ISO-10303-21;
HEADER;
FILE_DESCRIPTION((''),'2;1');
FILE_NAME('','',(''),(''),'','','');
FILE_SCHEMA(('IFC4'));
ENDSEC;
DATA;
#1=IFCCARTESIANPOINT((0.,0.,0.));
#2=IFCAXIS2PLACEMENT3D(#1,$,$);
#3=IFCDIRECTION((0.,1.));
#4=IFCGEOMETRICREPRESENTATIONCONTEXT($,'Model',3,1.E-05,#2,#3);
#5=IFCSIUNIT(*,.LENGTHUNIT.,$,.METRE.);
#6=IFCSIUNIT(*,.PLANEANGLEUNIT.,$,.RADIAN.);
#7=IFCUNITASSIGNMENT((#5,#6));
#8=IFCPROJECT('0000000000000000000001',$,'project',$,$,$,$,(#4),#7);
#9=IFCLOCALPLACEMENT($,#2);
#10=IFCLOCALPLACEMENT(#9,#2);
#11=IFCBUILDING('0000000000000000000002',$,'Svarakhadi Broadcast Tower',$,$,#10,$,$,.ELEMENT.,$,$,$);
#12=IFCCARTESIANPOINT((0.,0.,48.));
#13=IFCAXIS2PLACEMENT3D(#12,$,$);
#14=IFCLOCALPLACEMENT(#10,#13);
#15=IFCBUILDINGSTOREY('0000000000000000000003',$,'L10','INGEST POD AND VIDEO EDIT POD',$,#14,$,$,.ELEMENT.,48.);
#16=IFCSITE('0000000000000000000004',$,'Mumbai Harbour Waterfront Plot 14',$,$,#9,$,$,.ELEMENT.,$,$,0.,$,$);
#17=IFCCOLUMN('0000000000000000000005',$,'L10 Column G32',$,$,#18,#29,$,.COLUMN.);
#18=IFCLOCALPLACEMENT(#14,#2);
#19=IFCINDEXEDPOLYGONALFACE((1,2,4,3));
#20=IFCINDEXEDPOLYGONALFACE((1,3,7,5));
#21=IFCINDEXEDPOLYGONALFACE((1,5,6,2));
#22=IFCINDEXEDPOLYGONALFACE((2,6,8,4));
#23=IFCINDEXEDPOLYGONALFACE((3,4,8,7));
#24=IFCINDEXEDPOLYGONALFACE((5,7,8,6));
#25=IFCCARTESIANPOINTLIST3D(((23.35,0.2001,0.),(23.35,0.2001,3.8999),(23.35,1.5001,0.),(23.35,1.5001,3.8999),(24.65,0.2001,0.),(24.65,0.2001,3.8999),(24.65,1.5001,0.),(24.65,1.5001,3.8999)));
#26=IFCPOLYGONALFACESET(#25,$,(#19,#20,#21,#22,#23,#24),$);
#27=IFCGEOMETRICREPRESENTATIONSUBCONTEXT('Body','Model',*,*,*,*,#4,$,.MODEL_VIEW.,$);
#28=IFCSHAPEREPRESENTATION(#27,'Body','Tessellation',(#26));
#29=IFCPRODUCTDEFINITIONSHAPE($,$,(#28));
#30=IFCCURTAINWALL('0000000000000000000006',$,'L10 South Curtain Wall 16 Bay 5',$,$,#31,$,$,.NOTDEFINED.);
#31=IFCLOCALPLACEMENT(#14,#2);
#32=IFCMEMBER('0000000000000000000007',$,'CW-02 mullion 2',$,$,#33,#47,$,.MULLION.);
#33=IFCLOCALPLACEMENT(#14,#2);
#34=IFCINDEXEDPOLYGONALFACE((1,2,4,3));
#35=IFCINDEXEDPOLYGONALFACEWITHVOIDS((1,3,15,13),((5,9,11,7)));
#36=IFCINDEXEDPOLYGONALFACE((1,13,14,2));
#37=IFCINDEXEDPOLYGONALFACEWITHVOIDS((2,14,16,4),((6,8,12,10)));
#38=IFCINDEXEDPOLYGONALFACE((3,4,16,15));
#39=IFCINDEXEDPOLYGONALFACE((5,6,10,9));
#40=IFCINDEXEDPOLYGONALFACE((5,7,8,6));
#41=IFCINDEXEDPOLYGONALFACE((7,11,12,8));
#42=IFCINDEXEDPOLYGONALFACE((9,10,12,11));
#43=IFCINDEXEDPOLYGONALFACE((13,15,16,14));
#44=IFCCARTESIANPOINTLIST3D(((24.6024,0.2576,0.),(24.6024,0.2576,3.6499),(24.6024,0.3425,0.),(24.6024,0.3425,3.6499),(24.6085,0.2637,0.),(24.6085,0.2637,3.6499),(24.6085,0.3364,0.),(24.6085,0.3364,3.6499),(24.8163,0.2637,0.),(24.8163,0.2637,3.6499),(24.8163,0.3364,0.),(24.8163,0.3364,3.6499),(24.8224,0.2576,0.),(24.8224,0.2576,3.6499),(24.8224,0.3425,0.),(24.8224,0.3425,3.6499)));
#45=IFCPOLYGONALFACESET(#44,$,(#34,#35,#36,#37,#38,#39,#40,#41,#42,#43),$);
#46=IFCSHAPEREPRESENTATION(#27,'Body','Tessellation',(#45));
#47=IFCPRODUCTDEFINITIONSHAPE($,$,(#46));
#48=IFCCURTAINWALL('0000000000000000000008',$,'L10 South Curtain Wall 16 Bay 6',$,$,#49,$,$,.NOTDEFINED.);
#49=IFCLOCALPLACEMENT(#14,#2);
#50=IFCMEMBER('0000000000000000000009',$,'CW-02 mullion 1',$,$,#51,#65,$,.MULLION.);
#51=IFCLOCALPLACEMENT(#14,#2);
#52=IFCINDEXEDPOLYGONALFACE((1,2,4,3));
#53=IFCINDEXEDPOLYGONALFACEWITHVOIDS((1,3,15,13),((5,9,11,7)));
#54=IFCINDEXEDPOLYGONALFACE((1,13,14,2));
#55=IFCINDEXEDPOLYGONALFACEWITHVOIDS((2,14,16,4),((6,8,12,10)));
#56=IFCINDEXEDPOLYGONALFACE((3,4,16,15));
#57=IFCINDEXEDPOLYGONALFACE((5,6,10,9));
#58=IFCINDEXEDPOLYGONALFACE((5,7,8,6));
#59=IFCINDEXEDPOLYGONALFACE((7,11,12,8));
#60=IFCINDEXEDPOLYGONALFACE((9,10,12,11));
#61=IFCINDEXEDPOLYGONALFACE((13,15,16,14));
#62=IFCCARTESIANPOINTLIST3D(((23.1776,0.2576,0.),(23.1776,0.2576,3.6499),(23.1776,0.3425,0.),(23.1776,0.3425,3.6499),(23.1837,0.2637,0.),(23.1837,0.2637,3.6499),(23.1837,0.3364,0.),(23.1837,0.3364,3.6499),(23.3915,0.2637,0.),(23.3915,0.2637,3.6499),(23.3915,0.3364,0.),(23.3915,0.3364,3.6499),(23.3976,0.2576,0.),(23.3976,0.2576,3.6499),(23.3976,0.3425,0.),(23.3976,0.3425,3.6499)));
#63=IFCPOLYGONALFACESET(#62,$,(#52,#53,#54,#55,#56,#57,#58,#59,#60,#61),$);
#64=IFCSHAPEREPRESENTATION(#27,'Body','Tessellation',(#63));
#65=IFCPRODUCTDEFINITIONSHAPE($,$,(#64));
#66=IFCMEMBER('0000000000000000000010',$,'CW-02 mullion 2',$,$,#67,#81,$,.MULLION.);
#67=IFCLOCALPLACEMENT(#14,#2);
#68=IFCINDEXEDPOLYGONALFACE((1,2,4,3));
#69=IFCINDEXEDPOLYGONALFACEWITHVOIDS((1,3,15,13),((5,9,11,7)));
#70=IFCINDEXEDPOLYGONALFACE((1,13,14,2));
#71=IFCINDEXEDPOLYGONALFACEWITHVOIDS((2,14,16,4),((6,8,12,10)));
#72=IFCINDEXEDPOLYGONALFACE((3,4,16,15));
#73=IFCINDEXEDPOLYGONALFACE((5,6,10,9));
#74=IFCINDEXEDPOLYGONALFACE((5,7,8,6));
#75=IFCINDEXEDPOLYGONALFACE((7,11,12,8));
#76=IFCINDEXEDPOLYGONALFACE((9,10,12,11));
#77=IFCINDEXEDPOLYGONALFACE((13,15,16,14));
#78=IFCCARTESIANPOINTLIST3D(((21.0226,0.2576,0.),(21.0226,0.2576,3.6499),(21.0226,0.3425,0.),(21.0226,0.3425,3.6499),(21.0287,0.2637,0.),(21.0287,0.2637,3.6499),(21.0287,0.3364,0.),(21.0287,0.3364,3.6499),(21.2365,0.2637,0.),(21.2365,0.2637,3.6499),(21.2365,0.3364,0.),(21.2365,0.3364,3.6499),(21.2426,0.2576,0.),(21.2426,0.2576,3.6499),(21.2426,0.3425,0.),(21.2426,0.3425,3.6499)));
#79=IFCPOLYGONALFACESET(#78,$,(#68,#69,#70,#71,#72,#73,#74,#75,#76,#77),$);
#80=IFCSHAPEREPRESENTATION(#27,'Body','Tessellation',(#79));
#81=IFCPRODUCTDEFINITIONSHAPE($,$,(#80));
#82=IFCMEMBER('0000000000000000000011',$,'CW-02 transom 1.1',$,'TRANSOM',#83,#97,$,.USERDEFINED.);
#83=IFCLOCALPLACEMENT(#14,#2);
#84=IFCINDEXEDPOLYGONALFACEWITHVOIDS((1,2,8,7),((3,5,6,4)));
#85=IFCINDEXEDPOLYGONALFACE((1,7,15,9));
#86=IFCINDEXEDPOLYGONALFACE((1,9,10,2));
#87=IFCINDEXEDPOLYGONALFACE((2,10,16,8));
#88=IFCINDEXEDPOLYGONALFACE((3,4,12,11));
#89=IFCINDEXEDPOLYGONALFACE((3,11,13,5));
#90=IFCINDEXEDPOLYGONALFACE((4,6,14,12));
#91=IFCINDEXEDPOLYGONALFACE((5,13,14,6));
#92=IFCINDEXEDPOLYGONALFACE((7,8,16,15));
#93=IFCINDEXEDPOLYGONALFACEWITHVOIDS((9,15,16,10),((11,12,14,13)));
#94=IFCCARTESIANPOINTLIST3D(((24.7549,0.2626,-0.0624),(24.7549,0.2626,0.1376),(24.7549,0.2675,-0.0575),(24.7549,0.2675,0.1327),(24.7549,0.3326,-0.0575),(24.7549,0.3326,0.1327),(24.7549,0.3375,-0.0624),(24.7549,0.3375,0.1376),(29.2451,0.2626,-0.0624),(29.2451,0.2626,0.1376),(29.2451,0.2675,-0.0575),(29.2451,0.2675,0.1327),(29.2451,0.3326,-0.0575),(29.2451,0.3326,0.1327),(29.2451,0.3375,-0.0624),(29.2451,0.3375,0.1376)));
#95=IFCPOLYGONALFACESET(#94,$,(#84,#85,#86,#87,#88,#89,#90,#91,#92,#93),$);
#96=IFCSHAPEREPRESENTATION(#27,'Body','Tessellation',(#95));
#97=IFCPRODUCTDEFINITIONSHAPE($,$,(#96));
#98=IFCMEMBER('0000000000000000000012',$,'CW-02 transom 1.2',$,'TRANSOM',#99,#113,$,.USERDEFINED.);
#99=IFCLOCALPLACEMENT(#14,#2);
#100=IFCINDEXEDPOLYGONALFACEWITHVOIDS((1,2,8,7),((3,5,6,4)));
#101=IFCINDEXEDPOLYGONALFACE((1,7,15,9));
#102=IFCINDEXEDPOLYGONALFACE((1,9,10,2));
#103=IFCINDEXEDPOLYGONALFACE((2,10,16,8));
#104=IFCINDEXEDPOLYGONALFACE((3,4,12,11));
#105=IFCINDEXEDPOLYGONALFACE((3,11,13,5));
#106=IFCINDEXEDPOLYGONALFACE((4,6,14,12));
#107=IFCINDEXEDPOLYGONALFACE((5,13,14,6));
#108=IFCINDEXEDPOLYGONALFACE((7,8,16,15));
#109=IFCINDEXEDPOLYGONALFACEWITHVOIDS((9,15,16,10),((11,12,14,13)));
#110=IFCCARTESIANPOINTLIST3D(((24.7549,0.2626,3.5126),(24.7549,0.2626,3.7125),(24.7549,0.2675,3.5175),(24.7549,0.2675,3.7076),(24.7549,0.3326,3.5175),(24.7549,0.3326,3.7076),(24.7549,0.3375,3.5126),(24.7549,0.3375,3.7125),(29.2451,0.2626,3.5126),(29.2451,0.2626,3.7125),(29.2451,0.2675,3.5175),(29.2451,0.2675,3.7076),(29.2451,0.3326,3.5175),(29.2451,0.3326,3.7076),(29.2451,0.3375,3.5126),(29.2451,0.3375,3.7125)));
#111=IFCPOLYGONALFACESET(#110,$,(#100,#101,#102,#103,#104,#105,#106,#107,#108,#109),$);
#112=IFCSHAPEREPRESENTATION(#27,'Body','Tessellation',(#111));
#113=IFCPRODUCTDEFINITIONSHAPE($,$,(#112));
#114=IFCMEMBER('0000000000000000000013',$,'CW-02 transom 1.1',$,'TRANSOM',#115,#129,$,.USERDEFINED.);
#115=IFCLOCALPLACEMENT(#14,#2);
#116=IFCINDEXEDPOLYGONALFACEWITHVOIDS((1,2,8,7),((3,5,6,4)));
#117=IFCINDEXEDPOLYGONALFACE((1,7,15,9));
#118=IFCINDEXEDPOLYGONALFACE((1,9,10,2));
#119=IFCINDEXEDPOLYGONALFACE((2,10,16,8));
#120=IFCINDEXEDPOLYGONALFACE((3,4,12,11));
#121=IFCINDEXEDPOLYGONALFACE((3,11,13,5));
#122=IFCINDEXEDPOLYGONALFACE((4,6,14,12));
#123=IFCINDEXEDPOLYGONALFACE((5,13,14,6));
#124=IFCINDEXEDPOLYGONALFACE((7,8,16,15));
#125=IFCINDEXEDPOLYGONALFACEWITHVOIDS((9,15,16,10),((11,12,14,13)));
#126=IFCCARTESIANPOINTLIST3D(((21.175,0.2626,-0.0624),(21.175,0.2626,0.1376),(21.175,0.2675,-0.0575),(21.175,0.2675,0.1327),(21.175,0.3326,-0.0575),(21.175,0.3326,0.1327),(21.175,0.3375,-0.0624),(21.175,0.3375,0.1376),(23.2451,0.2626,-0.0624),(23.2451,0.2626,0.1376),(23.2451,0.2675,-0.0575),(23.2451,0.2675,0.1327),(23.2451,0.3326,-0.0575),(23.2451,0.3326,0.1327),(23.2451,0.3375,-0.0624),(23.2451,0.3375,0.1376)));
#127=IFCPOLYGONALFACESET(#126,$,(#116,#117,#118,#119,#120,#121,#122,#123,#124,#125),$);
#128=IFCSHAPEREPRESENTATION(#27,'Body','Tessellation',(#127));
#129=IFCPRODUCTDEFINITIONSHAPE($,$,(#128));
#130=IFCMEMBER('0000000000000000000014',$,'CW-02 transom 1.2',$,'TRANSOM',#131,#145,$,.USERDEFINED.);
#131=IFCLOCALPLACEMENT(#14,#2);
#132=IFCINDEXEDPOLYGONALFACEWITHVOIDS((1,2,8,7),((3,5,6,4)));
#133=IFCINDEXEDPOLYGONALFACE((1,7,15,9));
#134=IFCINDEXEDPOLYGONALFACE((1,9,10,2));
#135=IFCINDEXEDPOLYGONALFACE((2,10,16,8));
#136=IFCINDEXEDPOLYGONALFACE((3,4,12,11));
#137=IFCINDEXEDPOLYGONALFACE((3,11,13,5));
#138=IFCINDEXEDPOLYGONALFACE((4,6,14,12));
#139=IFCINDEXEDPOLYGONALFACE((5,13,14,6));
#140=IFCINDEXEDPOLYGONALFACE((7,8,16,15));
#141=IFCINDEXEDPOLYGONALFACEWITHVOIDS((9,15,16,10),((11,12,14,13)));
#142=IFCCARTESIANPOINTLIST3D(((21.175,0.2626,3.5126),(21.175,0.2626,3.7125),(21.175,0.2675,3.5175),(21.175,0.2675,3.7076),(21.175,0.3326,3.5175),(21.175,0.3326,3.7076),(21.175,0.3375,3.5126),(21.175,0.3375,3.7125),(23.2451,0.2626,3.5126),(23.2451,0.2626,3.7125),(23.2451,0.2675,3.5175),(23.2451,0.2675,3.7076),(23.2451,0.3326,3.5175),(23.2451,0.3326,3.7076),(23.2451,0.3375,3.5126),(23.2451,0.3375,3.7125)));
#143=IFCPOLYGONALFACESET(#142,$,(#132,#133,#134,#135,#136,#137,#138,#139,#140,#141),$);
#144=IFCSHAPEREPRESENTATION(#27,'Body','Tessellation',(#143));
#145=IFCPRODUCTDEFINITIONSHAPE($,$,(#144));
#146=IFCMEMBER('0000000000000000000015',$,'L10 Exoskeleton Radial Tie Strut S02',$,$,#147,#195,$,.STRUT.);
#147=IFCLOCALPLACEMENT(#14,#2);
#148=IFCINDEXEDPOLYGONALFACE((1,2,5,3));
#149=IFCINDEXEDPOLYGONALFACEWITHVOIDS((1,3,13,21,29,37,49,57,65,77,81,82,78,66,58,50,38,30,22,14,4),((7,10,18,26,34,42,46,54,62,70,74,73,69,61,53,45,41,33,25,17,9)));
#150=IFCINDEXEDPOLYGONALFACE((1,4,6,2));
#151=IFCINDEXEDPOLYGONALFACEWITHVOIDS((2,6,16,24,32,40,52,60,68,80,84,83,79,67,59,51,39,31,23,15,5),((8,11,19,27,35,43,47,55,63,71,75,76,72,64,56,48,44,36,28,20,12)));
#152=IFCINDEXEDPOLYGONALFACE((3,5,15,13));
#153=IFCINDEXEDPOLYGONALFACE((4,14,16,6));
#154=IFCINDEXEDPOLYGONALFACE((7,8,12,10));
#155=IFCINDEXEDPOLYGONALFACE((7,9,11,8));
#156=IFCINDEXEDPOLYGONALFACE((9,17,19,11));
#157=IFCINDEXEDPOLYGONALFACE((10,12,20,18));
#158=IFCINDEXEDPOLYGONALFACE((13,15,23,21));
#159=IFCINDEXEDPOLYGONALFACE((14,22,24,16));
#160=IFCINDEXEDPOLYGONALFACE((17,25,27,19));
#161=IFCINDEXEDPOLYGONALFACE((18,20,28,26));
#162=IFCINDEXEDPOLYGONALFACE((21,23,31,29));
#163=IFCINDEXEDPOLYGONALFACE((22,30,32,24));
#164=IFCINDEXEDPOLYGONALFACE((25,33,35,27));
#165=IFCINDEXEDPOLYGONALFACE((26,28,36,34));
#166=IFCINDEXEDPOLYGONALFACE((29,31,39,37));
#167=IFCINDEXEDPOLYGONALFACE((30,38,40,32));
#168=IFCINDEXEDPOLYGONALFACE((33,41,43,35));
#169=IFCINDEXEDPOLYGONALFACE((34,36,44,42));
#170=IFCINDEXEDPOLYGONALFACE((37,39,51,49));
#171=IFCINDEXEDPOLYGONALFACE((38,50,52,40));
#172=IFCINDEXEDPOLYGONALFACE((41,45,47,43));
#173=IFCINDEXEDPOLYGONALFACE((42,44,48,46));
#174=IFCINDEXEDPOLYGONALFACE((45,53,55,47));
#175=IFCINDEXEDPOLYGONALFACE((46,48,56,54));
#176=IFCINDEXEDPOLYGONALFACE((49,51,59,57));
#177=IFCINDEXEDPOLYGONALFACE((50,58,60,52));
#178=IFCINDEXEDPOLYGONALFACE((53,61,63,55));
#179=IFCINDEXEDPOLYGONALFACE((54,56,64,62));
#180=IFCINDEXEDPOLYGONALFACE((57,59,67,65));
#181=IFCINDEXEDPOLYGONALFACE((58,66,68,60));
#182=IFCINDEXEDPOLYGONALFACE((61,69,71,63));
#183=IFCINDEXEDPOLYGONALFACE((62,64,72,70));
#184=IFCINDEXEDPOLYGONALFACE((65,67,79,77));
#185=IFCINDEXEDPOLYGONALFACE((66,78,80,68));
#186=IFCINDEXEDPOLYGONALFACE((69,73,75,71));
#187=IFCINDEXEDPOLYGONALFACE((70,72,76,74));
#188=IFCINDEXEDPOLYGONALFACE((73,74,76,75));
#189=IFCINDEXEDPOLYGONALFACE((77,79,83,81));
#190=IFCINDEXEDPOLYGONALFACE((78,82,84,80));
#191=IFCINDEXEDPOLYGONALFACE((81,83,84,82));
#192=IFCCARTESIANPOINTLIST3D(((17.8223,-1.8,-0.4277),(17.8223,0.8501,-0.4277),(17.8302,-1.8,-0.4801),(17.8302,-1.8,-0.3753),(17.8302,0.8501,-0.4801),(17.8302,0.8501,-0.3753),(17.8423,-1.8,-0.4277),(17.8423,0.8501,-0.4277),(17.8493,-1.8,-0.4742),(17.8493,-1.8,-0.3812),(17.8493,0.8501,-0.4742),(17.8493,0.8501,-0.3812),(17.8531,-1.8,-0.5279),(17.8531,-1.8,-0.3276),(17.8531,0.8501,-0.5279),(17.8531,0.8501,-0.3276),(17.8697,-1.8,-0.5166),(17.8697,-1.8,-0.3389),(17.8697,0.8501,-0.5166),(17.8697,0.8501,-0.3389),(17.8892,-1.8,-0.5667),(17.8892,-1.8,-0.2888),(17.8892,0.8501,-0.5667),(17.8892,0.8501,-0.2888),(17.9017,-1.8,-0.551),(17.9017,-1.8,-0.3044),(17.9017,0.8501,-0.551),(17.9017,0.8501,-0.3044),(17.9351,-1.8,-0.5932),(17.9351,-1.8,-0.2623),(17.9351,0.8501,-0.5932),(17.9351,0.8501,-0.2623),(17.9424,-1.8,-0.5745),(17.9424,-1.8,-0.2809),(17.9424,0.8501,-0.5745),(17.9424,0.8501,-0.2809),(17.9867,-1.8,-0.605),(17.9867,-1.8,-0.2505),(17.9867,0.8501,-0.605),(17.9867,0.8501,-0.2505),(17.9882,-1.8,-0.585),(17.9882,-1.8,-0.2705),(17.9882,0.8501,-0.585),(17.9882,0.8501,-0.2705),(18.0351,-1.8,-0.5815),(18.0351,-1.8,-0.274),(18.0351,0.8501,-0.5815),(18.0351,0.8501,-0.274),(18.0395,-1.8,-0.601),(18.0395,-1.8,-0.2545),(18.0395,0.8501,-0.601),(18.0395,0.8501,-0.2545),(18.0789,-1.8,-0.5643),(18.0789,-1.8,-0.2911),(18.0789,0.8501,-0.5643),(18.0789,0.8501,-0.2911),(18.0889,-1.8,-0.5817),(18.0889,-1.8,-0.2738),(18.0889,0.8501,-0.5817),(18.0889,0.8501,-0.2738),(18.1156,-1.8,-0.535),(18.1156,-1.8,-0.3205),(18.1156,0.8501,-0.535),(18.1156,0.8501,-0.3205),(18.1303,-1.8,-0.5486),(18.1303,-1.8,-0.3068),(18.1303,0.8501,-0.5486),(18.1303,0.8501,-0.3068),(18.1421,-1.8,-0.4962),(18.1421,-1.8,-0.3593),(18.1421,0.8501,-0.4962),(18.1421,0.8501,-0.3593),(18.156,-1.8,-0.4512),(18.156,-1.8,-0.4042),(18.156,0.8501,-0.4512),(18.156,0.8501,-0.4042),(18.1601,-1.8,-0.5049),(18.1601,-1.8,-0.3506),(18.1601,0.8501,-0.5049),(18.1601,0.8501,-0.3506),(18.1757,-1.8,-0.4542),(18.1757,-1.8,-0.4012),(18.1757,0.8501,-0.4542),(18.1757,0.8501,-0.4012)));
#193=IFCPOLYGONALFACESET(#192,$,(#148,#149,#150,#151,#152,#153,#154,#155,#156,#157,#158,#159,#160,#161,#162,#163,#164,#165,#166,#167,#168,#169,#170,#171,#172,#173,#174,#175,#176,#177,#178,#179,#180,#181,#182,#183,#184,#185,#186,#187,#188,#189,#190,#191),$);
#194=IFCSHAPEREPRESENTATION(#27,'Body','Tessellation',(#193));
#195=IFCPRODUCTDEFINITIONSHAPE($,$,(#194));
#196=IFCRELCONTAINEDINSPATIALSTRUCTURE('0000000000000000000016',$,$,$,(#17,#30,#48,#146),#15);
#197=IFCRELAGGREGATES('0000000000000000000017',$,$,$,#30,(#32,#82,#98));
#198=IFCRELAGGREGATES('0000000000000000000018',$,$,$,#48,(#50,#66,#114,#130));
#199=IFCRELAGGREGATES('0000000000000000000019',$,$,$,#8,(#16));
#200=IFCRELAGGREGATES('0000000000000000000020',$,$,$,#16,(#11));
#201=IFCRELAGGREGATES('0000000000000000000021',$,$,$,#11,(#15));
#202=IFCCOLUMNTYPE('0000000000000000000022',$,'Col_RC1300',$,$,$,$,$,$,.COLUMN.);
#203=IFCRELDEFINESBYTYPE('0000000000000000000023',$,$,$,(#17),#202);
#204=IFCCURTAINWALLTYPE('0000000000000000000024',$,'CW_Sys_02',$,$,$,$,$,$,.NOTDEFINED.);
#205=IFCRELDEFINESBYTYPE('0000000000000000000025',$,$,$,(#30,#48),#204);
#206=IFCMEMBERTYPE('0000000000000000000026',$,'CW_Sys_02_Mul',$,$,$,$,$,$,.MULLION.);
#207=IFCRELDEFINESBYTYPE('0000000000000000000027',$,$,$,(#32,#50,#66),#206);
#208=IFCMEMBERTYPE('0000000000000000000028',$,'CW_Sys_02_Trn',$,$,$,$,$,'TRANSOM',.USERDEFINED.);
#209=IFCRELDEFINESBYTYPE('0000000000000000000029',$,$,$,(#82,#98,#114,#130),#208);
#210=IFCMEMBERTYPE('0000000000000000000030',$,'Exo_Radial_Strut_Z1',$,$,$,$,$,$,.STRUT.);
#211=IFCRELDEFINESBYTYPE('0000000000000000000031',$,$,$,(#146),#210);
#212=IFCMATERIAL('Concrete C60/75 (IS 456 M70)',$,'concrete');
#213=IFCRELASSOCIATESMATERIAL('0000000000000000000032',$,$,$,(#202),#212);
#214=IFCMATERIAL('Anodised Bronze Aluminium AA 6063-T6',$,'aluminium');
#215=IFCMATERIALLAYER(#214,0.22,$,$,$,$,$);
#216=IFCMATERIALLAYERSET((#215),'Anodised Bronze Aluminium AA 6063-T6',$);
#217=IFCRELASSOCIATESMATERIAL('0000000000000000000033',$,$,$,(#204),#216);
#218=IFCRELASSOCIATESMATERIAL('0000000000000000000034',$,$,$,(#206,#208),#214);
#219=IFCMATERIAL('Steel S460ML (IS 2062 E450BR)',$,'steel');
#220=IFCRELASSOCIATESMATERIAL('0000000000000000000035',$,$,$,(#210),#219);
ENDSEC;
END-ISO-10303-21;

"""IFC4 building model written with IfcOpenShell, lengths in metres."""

from ifc_helpers import new_model, si_unit, direction, frame, origin, origin_2d, place, context, subcontext, project, spatial, rectangle, hollow_rectangle, hollow_circle, extrude, material, layer, layer_set, material_profile, profile_set, type_object, element, aggregate, save


model = new_model("IFC4")

# Units and contexts
model_context = context("Model", 3, precision=1e-05, world=origin(), true_north=direction((0.0, 1.0)))
body_context = subcontext(model_context, "Body", "Model", "MODEL_VIEW")
ifc_project = project(units=[si_unit("LENGTHUNIT", "METRE"), si_unit("PLANEANGLEUNIT", "RADIAN")], contexts=[model_context])

# Site, building, storey
site_placement = place(None, origin())
site = spatial("IfcSite", under=ifc_project, at=site_placement, Name="Mumbai Harbour Waterfront Plot 14", CompositionType="ELEMENT", RefElevation=0.0)
building_placement = place(site_placement, origin())
building = spatial("IfcBuilding", under=site, at=building_placement, Name="Svarakhadi Broadcast Tower", CompositionType="ELEMENT")
storey_placement = place(building_placement, frame((0.0, 0.0, 48.0)))
storey = spatial("IfcBuildingStorey", under=building, at=storey_placement, Name="L10", Description="INGEST POD AND VIDEO EDIT POD", CompositionType="ELEMENT", Elevation=48.0)

# Column
ifc_material_1 = material(Name="Concrete C60/75 (IS 456 M70)", Category="concrete")
ifc_material_profile_1 = material_profile(ifc_material_1, rectangle(XDim=1.3, YDim=1.3, at=origin_2d()), Name="RC 1300x1300")
ifc_profile_set_1 = profile_set([ifc_material_profile_1], Name="Concrete C60/75 (IS 456 M70)")
column_type = type_object("IfcColumnType", Name="Col_RC1300", PredefinedType="COLUMN", material=ifc_profile_set_1)
column_placement = place(storey_placement, frame((24.0, 0.8501, 0.0), z_axis=(0.0, 0.0, 1.0), x_axis=(1.0, 0.0, 0.0)))
element("IfcColumn", 1, at=column_placement, inside=storey, type_object=column_type, Name="L10 Column G32", PredefinedType="COLUMN", context=body_context, shape_type="SweptSolid", body=[
    extrude(rectangle(XDim=1.3, YDim=1.3, at=origin_2d()), origin(), (0.0, 0.0, 1.0), 3.8999),
])

# Curtain wall, member
ifc_material_2 = material(Name="Anodised Bronze Aluminium AA 6063-T6", Category="aluminium")
ifc_layer_1 = layer(ifc_material_2, 0.22)
ifc_layer_set_1 = layer_set([ifc_layer_1], Name="Anodised Bronze Aluminium AA 6063-T6")
curtain_wall_type = type_object("IfcCurtainWallType", Name="CW_Sys_02", PredefinedType="NOTDEFINED", material=ifc_layer_set_1)
curtain_wall_1_placement = place(storey_placement, origin())
curtain_wall_1 = element("IfcCurtainWall", 2, at=curtain_wall_1_placement, inside=storey, type_object=curtain_wall_type, Name="L10 South Curtain Wall 16 Bay 5", PredefinedType="NOTDEFINED")
ifc_material_profile_2 = material_profile(ifc_material_2, hollow_rectangle(XDim=0.085, YDim=0.22, WallThickness=0.0061, at=origin_2d()), Name="ALU MULLION 220x85x6")
ifc_profile_set_2 = profile_set([ifc_material_profile_2], Name="Anodised Bronze Aluminium AA 6063-T6")
member_type_1 = type_object("IfcMemberType", Name="CW_Sys_02_Mul", PredefinedType="MULLION", material=ifc_profile_set_2)
member_1_placement = place(storey_placement, frame((24.7124, 0.3, 0.0), z_axis=(0.0, 0.0, 1.0), x_axis=(0.0, -1.0, 0.0)))
member_1 = element("IfcMember", 3, at=member_1_placement, type_object=member_type_1, Name="CW-02 mullion 2", PredefinedType="MULLION", context=body_context, shape_type="SweptSolid", body=[
    extrude(hollow_rectangle(XDim=0.085, YDim=0.22, WallThickness=0.0061, at=origin_2d()), origin(), (0.0, 0.0, 1.0), 3.6499),
])

# Curtain wall, members
curtain_wall_2_placement = place(storey_placement, origin())
curtain_wall_2 = element("IfcCurtainWall", 4, at=curtain_wall_2_placement, inside=storey, type_object=curtain_wall_type, Name="L10 South Curtain Wall 16 Bay 6", PredefinedType="NOTDEFINED")
member_2_placement = place(storey_placement, frame((23.2876, 0.3, 0.0), z_axis=(0.0, 0.0, 1.0), x_axis=(0.0, -1.0, 0.0)))
member_2 = element("IfcMember", 5, at=member_2_placement, type_object=member_type_1, Name="CW-02 mullion 1", PredefinedType="MULLION", context=body_context, shape_type="SweptSolid", body=[
    extrude(hollow_rectangle(XDim=0.085, YDim=0.22, WallThickness=0.0061, at=origin_2d()), origin(), (0.0, 0.0, 1.0), 3.6499),
])
member_3_placement = place(storey_placement, frame((21.1326, 0.3, 0.0), z_axis=(0.0, 0.0, 1.0), x_axis=(0.0, -1.0, 0.0)))
member_3 = element("IfcMember", 6, at=member_3_placement, type_object=member_type_1, Name="CW-02 mullion 2", PredefinedType="MULLION", context=body_context, shape_type="SweptSolid", body=[
    extrude(hollow_rectangle(XDim=0.085, YDim=0.22, WallThickness=0.0061, at=origin_2d()), origin(), (0.0, 0.0, 1.0), 3.6499),
])

# Members
ifc_material_profile_3 = material_profile(ifc_material_2, hollow_rectangle(XDim=0.075, YDim=0.2, WallThickness=0.0049, at=origin_2d()), Name="ALU TRANSOM 200x75x5")
ifc_profile_set_3 = profile_set([ifc_material_profile_3], Name="Anodised Bronze Aluminium AA 6063-T6")
member_type_2 = type_object("IfcMemberType", Name="CW_Sys_02_Trn", ElementType="TRANSOM", PredefinedType="USERDEFINED", material=ifc_profile_set_3)
member_4_placement = place(storey_placement, frame((29.2451, 0.3, 0.0376), z_axis=(-1.0, 0.0, 0.0), x_axis=(0.0, -1.0, 0.0)))
member_4 = element("IfcMember", 7, at=member_4_placement, type_object=member_type_2, Name="CW-02 transom 1.1", ObjectType="TRANSOM", PredefinedType="USERDEFINED", context=body_context, shape_type="SweptSolid", body=[
    extrude(hollow_rectangle(XDim=0.075, YDim=0.2, WallThickness=0.0049, at=origin_2d()), origin(), (0.0, 0.0, 1.0), 4.4902),
])
member_5_placement = place(storey_placement, frame((29.2451, 0.3, 3.6125), z_axis=(-1.0, 0.0, 0.0), x_axis=(0.0, -1.0, 0.0)))
member_5 = element("IfcMember", 8, at=member_5_placement, type_object=member_type_2, Name="CW-02 transom 1.2", ObjectType="TRANSOM", PredefinedType="USERDEFINED", context=body_context, shape_type="SweptSolid", body=[
    extrude(hollow_rectangle(XDim=0.075, YDim=0.2, WallThickness=0.0049, at=origin_2d()), origin(), (0.0, 0.0, 1.0), 4.4902),
])
member_6_placement = place(storey_placement, frame((23.2451, 0.3, 0.0376), z_axis=(-1.0, 0.0, 0.0), x_axis=(0.0, -1.0, 0.0)))
member_6 = element("IfcMember", 9, at=member_6_placement, type_object=member_type_2, Name="CW-02 transom 1.1", ObjectType="TRANSOM", PredefinedType="USERDEFINED", context=body_context, shape_type="SweptSolid", body=[
    extrude(hollow_rectangle(XDim=0.075, YDim=0.2, WallThickness=0.0049, at=origin_2d()), origin(), (0.0, 0.0, 1.0), 2.0701),
])
member_7_placement = place(storey_placement, frame((23.2451, 0.3, 3.6125), z_axis=(-1.0, 0.0, 0.0), x_axis=(0.0, -1.0, 0.0)))
member_7 = element("IfcMember", 10, at=member_7_placement, type_object=member_type_2, Name="CW-02 transom 1.2", ObjectType="TRANSOM", PredefinedType="USERDEFINED", context=body_context, shape_type="SweptSolid", body=[
    extrude(hollow_rectangle(XDim=0.075, YDim=0.2, WallThickness=0.0049, at=origin_2d()), origin(), (0.0, 0.0, 1.0), 2.0701),
])
ifc_material_3 = material(Name="Steel S460ML (IS 2062 E450BR)", Category="steel")
ifc_material_profile_4 = material_profile(ifc_material_3, hollow_circle(Radius=0.1777, WallThickness=0.02, at=origin_2d()), Name="CHS 355.6x20")
ifc_profile_set_4 = profile_set([ifc_material_profile_4], Name="Steel S460ML (IS 2062 E450BR)")
member_type_3 = type_object("IfcMemberType", Name="Exo_Radial_Strut_Z1", PredefinedType="STRUT", material=ifc_profile_set_4)
member_8_placement = place(storey_placement, frame((18.0, -1.8, -0.4277), z_axis=(0.0, 1.0, 0.0), x_axis=(-1.0, 0.0, 0.0)))
element("IfcMember", 11, at=member_8_placement, inside=storey, type_object=member_type_3, Name="L10 Exoskeleton Radial Tie Strut S02", PredefinedType="STRUT", context=body_context, shape_type="SweptSolid", body=[
    extrude(hollow_circle(Radius=0.1777, WallThickness=0.02, at=origin_2d()), origin(), (0.0, 0.0, 1.0), 2.6501),
])

aggregate(curtain_wall_1, [member_1, member_4, member_5])
aggregate(curtain_wall_2, [member_2, member_3, member_6, member_7])

save(model, "model.ifc")
